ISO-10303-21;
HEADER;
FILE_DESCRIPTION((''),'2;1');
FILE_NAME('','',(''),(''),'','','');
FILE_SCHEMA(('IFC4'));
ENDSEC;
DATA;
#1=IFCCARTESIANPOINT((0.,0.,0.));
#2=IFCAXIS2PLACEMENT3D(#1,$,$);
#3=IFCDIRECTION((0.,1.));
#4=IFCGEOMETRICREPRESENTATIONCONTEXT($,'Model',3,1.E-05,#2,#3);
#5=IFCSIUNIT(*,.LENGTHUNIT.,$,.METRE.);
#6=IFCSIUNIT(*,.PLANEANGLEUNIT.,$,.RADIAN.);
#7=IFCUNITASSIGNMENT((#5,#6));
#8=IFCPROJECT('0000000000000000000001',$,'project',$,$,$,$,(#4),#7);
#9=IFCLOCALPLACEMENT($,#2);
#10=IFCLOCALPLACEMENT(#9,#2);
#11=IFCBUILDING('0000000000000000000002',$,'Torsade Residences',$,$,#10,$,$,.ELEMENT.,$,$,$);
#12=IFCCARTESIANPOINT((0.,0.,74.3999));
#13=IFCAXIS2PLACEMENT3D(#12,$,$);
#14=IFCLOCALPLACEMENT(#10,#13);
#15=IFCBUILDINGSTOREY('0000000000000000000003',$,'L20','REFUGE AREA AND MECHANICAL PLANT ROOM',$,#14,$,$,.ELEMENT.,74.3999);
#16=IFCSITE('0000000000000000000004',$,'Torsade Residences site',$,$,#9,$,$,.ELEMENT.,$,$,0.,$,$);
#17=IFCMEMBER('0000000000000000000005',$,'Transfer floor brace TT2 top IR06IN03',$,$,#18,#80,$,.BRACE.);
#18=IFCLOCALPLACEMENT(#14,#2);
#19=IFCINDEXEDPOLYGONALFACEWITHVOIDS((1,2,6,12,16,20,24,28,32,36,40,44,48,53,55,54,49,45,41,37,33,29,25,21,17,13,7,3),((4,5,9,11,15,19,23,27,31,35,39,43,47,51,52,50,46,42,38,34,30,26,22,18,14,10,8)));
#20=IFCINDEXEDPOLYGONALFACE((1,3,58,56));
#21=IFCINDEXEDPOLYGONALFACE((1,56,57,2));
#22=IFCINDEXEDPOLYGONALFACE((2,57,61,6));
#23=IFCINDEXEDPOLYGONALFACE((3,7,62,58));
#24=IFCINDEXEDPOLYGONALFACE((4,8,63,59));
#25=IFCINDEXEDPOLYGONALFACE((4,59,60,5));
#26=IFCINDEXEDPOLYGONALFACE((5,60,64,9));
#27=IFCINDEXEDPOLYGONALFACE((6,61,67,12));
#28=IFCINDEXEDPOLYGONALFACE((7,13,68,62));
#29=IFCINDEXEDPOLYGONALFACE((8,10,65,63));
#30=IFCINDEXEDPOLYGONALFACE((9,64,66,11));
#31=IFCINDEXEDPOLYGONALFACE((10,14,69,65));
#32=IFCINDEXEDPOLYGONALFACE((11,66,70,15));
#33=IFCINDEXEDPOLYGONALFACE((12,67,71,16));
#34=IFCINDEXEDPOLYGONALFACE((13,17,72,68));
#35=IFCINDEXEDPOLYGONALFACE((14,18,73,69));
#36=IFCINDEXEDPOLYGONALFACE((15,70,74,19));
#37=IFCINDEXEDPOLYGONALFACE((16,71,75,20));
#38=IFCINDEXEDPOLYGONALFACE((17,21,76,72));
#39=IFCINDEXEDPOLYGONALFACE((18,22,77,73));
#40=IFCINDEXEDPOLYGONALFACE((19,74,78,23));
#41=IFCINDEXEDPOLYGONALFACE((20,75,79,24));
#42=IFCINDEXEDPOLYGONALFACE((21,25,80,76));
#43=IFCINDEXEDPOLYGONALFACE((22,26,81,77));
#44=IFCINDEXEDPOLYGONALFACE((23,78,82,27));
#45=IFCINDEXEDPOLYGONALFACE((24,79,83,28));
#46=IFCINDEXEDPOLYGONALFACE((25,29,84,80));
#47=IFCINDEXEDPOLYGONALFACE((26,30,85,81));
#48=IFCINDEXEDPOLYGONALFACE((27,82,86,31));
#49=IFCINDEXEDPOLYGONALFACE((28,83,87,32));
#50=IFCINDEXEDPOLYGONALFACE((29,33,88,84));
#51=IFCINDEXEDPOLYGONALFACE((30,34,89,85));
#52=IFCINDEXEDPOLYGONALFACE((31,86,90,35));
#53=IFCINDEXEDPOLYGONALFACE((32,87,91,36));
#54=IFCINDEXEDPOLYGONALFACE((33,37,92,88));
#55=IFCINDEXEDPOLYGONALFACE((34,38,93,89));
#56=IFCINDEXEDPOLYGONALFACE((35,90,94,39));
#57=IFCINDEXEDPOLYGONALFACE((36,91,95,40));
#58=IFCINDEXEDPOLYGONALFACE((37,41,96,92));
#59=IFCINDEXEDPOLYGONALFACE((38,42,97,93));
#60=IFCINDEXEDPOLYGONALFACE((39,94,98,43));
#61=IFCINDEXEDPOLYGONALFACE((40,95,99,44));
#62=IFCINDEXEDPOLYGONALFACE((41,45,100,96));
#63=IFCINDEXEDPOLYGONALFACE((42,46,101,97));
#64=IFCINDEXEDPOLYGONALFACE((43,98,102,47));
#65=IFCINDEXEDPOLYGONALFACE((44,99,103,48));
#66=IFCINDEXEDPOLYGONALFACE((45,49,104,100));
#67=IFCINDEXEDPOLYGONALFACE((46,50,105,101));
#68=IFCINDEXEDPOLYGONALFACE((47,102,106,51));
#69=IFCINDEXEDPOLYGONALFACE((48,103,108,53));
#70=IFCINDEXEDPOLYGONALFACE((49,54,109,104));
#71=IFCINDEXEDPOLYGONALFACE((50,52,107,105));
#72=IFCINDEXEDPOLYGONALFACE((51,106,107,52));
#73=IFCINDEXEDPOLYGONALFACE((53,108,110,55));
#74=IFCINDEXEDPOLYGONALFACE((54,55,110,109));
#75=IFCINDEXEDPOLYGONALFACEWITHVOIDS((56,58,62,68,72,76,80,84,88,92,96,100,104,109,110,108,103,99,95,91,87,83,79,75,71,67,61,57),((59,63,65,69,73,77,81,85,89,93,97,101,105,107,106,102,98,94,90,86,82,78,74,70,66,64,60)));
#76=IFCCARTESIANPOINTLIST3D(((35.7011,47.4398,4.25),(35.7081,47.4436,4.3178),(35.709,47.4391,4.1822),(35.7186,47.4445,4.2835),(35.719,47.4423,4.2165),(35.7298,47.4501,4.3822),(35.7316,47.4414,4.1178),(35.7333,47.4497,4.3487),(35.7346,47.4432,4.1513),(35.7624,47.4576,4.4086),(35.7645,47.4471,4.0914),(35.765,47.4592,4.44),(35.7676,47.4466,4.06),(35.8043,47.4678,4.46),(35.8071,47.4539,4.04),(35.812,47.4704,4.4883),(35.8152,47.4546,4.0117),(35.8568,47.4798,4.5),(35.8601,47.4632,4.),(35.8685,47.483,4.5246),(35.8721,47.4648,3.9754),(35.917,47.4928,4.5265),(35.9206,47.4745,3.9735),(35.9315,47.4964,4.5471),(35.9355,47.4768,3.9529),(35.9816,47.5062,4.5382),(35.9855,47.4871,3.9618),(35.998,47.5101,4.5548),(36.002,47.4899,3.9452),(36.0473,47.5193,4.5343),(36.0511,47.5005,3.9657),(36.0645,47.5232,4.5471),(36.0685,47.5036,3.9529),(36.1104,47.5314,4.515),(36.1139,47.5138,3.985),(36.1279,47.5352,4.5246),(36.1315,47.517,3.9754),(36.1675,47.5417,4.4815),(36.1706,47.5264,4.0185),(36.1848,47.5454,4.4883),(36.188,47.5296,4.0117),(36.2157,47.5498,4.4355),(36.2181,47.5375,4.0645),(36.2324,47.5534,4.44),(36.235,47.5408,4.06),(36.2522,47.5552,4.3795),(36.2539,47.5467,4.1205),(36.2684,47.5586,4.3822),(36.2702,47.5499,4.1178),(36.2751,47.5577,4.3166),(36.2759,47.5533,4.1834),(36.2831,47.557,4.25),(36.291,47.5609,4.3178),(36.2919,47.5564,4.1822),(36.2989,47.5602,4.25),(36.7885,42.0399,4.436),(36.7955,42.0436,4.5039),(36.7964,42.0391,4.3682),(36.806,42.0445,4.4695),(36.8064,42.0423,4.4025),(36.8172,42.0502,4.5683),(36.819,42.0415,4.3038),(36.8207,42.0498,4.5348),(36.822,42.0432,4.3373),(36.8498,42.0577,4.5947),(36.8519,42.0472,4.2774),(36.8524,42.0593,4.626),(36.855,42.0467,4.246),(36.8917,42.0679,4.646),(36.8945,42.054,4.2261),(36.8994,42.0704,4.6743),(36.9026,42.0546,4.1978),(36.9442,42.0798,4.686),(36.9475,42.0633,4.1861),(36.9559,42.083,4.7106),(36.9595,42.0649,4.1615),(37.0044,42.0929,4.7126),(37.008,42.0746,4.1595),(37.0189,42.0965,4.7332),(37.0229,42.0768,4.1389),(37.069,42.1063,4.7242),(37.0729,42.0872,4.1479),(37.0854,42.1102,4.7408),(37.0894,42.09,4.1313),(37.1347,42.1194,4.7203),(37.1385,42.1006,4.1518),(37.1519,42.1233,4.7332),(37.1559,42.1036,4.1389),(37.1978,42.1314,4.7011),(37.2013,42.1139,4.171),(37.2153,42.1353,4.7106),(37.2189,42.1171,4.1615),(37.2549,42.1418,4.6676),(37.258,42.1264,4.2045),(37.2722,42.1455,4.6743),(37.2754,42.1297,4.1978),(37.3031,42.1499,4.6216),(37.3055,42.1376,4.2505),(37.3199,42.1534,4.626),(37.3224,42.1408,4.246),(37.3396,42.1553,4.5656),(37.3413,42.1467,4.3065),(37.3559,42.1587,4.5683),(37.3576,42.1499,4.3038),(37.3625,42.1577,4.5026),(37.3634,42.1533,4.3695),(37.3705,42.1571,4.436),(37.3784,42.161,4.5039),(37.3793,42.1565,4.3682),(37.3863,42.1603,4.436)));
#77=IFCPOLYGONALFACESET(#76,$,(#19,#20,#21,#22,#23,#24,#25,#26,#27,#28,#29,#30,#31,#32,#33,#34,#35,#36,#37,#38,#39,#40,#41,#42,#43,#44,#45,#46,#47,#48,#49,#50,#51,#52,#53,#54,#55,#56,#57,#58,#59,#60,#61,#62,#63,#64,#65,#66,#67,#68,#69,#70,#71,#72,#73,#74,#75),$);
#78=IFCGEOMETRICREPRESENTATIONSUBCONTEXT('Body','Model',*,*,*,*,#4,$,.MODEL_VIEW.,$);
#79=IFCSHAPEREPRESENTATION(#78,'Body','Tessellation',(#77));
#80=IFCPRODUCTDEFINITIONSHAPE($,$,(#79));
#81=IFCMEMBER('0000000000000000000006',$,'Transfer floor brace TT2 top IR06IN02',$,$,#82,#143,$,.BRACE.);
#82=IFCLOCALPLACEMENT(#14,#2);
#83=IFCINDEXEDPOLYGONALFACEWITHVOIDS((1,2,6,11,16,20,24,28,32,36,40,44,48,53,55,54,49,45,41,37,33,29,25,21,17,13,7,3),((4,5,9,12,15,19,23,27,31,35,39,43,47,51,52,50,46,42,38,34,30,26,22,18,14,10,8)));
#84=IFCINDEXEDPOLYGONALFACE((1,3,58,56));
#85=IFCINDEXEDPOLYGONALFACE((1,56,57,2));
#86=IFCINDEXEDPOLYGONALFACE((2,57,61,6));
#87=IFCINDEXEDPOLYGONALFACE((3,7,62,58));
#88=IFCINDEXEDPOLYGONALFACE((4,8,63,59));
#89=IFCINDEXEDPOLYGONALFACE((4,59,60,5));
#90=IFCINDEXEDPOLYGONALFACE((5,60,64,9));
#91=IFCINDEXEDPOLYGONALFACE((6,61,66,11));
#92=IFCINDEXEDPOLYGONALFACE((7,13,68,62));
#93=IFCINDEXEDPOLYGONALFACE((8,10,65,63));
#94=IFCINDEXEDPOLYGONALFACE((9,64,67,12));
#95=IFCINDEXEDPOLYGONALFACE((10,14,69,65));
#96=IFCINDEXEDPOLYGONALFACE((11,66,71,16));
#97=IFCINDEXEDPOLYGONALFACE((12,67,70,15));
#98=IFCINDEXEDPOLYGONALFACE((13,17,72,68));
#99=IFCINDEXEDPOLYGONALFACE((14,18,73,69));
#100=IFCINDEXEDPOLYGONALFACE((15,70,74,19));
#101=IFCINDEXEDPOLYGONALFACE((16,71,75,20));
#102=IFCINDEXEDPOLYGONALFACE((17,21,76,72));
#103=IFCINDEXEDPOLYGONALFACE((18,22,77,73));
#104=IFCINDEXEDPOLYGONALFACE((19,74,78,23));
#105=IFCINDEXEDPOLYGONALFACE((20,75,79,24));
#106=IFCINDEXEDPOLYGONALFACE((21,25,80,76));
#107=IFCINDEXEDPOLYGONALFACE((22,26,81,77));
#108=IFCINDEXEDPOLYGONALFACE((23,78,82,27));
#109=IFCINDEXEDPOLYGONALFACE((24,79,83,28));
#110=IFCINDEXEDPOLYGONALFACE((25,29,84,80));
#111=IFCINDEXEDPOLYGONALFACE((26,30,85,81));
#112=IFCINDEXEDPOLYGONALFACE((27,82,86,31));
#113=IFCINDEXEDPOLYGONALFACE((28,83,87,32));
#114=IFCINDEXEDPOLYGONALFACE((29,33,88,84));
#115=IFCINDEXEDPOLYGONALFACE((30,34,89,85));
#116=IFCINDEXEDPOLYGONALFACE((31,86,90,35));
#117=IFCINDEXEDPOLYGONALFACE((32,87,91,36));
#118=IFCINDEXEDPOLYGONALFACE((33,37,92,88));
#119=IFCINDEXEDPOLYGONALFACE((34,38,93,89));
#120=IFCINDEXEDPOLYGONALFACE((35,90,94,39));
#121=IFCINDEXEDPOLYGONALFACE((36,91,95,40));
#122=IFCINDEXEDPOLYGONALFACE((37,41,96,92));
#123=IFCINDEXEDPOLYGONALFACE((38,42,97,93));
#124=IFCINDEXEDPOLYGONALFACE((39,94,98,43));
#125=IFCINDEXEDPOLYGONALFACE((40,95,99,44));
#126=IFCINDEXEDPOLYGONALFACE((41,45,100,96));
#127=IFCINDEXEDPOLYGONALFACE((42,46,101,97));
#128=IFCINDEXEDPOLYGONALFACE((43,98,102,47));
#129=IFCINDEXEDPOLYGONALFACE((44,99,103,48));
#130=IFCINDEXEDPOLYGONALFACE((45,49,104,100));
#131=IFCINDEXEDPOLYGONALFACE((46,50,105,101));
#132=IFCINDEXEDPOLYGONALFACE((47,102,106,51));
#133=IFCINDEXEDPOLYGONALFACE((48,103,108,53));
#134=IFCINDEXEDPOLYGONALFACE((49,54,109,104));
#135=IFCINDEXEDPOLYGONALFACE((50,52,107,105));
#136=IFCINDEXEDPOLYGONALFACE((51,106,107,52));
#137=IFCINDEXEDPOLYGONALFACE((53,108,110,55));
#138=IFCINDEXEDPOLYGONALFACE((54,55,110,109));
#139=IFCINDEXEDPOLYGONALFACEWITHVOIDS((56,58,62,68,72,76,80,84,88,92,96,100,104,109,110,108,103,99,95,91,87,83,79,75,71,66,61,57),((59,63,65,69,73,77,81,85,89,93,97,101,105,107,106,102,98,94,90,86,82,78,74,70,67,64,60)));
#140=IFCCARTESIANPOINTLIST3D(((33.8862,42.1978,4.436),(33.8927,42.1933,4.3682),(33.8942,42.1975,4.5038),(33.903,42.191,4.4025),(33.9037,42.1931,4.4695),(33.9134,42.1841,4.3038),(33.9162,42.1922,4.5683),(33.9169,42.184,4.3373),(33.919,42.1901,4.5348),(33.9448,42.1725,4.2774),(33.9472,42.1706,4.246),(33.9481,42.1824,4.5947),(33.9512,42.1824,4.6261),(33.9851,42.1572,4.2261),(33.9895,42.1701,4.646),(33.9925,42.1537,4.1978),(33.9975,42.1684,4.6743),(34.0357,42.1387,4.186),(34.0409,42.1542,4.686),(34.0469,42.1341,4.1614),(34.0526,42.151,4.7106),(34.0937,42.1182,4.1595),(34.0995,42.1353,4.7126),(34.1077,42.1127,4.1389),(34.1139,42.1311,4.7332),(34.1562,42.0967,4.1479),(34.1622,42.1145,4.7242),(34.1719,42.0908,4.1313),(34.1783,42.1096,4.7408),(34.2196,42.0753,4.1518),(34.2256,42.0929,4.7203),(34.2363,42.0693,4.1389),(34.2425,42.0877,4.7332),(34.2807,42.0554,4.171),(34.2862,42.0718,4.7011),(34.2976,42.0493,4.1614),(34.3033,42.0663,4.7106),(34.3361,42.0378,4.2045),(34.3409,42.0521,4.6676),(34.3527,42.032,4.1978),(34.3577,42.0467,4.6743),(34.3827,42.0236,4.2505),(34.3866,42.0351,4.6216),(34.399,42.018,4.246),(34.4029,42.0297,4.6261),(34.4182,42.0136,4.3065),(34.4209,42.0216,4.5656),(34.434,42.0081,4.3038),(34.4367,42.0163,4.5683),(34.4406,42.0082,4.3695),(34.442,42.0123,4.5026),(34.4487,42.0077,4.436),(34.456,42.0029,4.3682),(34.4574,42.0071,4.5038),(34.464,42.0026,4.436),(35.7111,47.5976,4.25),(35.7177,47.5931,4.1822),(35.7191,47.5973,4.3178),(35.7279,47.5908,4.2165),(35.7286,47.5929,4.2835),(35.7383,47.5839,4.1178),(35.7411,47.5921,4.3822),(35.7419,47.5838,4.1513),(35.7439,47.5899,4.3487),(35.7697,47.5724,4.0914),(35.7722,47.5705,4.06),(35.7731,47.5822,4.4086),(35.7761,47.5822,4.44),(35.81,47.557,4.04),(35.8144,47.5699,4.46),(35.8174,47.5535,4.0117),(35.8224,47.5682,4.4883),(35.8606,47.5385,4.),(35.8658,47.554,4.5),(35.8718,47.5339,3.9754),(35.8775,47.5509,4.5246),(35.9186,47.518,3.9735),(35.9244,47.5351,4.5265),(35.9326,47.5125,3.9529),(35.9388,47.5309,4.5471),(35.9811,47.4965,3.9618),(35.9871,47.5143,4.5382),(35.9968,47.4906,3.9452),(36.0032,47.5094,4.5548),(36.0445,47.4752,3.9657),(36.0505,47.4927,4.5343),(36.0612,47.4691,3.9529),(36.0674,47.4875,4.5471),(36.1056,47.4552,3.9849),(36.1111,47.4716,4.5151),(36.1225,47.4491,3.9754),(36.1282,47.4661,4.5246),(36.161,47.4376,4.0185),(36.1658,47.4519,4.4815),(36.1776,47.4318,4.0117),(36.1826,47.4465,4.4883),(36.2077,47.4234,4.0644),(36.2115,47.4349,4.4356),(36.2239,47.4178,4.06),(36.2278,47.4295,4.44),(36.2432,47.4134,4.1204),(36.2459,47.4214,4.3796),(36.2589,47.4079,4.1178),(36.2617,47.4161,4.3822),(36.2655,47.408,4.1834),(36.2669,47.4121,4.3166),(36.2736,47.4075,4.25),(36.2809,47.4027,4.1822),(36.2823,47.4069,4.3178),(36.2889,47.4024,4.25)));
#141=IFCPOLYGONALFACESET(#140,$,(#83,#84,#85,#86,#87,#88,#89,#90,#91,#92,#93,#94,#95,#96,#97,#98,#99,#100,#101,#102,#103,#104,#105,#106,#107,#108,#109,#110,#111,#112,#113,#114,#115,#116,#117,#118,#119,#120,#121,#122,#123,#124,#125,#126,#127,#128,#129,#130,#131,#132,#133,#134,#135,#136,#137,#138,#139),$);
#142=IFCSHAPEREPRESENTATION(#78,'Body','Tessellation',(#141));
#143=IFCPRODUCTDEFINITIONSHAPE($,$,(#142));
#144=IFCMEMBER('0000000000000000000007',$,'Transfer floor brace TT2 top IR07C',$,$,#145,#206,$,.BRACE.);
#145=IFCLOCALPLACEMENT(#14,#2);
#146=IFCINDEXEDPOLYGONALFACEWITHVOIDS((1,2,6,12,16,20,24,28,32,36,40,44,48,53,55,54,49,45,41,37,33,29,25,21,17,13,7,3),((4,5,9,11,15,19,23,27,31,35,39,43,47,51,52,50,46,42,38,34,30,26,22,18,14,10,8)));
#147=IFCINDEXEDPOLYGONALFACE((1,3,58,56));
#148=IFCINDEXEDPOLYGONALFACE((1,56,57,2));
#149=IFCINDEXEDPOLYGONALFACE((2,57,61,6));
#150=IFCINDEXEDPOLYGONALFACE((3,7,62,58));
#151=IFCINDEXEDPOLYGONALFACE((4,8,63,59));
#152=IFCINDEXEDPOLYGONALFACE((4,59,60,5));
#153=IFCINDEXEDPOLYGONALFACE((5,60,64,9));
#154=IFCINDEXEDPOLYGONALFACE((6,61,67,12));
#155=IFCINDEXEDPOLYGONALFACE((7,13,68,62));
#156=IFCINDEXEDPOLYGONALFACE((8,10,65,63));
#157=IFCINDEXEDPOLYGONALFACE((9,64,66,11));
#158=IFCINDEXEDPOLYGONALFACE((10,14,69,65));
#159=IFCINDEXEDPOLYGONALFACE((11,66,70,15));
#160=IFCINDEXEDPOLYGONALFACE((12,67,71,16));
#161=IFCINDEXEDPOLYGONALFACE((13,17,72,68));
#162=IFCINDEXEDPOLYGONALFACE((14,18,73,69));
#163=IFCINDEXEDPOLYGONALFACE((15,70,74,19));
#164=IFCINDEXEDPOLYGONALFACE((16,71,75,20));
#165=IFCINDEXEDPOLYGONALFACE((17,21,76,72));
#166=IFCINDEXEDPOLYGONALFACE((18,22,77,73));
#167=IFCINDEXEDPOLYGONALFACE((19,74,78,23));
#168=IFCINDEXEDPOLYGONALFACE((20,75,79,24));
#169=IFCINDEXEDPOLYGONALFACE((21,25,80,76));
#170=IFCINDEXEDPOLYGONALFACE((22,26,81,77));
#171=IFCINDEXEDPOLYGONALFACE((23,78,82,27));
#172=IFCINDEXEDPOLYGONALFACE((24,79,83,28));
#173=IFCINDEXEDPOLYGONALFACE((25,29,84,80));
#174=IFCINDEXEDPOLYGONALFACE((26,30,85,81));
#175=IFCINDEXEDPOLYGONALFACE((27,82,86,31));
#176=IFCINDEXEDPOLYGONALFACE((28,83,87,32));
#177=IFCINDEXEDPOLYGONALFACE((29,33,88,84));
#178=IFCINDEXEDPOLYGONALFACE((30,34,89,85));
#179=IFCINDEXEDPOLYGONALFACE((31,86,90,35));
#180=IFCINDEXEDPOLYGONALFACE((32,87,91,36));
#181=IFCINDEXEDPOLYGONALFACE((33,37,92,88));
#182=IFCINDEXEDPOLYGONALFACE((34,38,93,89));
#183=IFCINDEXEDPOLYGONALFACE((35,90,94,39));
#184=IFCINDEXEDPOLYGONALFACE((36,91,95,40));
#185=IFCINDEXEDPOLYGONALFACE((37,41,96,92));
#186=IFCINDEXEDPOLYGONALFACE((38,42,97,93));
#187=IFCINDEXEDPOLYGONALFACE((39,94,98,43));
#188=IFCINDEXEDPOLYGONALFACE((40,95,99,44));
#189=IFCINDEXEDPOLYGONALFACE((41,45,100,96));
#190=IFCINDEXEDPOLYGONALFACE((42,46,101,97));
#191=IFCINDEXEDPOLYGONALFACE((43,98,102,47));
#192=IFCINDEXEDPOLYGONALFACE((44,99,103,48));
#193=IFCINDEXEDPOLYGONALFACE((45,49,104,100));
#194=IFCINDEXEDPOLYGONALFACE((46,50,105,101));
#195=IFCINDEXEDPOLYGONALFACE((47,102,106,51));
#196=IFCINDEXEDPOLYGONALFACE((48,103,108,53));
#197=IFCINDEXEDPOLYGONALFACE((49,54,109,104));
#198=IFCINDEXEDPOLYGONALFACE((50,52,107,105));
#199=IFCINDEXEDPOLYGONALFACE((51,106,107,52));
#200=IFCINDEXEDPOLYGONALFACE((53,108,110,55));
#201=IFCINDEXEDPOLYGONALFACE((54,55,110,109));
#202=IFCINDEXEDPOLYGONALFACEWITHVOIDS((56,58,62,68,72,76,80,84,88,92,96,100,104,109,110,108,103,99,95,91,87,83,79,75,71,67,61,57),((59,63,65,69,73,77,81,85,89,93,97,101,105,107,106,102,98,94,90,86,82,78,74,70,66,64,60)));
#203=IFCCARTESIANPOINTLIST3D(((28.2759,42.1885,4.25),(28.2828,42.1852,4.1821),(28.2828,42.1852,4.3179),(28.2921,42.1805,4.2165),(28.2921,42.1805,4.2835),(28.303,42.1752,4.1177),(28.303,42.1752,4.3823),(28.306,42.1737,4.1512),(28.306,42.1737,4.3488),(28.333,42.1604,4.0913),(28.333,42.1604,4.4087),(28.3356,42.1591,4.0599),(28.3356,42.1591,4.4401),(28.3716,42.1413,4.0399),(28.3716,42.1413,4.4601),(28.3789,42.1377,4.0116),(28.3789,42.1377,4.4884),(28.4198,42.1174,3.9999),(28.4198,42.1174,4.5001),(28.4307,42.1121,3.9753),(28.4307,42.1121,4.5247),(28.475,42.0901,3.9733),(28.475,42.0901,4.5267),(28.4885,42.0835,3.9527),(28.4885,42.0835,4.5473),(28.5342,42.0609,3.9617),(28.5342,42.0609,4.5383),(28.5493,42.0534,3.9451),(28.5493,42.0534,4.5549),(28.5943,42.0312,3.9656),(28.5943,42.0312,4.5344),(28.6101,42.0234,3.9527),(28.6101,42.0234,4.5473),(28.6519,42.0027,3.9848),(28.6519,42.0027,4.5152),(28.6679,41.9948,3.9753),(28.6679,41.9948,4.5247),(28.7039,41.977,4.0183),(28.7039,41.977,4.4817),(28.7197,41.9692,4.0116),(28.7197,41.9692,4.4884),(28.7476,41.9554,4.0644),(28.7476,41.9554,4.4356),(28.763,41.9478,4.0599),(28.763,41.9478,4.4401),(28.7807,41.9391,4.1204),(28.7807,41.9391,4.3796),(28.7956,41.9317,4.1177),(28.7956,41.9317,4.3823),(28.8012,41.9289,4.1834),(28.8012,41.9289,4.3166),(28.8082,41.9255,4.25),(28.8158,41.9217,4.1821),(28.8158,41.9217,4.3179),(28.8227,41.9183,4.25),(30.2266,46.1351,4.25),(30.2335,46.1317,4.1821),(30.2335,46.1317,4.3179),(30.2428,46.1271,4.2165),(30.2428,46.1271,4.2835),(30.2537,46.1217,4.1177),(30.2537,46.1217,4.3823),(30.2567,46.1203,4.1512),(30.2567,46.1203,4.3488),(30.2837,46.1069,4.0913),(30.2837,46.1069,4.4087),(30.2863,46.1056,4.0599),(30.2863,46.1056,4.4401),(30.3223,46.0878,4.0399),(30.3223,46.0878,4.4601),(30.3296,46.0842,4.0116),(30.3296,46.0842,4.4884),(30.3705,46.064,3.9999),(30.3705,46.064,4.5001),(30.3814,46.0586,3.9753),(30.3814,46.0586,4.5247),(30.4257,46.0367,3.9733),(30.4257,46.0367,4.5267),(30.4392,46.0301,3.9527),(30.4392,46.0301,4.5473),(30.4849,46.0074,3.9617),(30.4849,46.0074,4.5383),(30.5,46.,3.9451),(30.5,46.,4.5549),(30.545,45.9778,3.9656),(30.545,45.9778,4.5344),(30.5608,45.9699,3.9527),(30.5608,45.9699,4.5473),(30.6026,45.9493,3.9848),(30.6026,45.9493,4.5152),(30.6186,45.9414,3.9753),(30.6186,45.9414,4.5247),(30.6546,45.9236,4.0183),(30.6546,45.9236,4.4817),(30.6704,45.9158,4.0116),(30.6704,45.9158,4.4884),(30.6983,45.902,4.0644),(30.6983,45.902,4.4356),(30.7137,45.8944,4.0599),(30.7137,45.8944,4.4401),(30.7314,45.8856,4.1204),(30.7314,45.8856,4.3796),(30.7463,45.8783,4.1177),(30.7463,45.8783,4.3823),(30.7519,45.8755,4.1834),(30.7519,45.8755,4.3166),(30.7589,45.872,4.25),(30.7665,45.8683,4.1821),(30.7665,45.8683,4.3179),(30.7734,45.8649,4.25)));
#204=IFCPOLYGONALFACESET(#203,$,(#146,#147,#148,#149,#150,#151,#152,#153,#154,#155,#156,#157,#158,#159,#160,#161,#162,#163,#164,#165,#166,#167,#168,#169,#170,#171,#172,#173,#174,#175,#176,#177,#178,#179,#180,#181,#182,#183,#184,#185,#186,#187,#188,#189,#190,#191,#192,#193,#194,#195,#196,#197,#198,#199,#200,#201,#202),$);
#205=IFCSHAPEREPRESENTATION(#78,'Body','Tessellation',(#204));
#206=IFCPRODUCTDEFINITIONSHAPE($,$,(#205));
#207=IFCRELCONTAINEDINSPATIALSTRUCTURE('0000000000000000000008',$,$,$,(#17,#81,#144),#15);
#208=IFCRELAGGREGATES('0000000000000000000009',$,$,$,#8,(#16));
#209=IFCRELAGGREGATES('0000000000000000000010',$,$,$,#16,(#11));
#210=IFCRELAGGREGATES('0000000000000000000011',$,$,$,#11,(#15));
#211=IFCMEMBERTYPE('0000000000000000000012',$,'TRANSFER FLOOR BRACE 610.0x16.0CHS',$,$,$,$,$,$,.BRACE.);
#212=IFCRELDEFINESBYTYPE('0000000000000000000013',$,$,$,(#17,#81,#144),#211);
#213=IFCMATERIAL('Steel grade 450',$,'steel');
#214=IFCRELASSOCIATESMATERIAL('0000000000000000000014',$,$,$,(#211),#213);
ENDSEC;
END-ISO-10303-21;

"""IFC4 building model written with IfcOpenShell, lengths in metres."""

from ifc_helpers import new_model, si_unit, direction, frame, origin, origin_2d, place, context, subcontext, project, spatial, hollow_circle, extrude, material, material_profile, profile_set, type_object, element, save


model = new_model("IFC4")

# Units and contexts
model_context = context("Model", 3, precision=1e-05, world=origin(), true_north=direction((0.0, 1.0)))
body_context = subcontext(model_context, "Body", "Model", "MODEL_VIEW")
ifc_project = project(units=[si_unit("LENGTHUNIT", "METRE"), si_unit("PLANEANGLEUNIT", "RADIAN")], contexts=[model_context])

# Site, building, storey
site_placement = place(None, origin())
site = spatial("IfcSite", under=ifc_project, at=site_placement, Name="Torsade Residences site", CompositionType="ELEMENT", RefElevation=0.0)
building_placement = place(site_placement, origin())
building = spatial("IfcBuilding", under=site, at=building_placement, Name="Torsade Residences", CompositionType="ELEMENT")
storey_placement = place(building_placement, frame((0.0, 0.0, 74.3999)))
storey = spatial("IfcBuildingStorey", under=building, at=storey_placement, Name="L20", Description="REFUGE AREA AND MECHANICAL PLANT ROOM", CompositionType="ELEMENT", Elevation=74.3999)

# Members
ifc_material_1 = material(Name="Steel grade 450", Category="steel")
ifc_material_profile_1 = material_profile(ifc_material_1, hollow_circle(Radius=0.3049, WallThickness=0.0161, at=origin_2d()), Name="610.0x16.0CHS")
ifc_profile_set_1 = profile_set([ifc_material_profile_1], Name="Steel grade 450")
member_type_1 = type_object("IfcMemberType", Name="TRANSFER FLOOR BRACE 610.0x16.0CHS", PredefinedType="BRACE", material=ifc_profile_set_1)
member_1_placement = place(storey_placement, frame((36.0, 47.5, 4.25), z_axis=(0.197299, -0.979762, 0.033754), x_axis=(0.980321, 0.197412, 0.0)))
element("IfcMember", 1, at=member_1_placement, inside=storey, type_object=member_type_1, Name="Transfer floor brace TT2 top IR06IN03", PredefinedType="BRACE", context=body_context, shape_type="SweptSolid", body=[
    extrude(hollow_circle(Radius=0.3049, WallThickness=0.0161, at=origin_2d()), origin(), (0.0, 0.0, 1.0), 5.5115),
])
member_2_placement = place(storey_placement, frame((36.0, 47.5, 4.25), z_axis=(-0.319999, -0.946856, 0.032621), x_axis=(0.94736, -0.32017, 0.0)))
element("IfcMember", 2, at=member_2_placement, inside=storey, type_object=member_type_1, Name="Transfer floor brace TT2 top IR06IN02", PredefinedType="BRACE", context=body_context, shape_type="SweptSolid", body=[
    extrude(hollow_circle(Radius=0.3049, WallThickness=0.0161, at=origin_2d()), origin(), (0.0, 0.0, 1.0), 5.7029),
])
member_3_placement = place(storey_placement, frame((30.5, 46.0, 4.25), z_axis=(-0.443105, -0.89647, 0.0), x_axis=(0.89647, -0.443105, 0.0)))
element("IfcMember", 3, at=member_3_placement, inside=storey, type_object=member_type_1, Name="Transfer floor brace TT2 top IR07C", PredefinedType="BRACE", context=body_context, shape_type="SweptSolid", body=[
    extrude(hollow_circle(Radius=0.3049, WallThickness=0.0161, at=origin_2d()), origin(), (0.0, 0.0, 1.0), 4.4023),
])

save(model, "model.ifc")
